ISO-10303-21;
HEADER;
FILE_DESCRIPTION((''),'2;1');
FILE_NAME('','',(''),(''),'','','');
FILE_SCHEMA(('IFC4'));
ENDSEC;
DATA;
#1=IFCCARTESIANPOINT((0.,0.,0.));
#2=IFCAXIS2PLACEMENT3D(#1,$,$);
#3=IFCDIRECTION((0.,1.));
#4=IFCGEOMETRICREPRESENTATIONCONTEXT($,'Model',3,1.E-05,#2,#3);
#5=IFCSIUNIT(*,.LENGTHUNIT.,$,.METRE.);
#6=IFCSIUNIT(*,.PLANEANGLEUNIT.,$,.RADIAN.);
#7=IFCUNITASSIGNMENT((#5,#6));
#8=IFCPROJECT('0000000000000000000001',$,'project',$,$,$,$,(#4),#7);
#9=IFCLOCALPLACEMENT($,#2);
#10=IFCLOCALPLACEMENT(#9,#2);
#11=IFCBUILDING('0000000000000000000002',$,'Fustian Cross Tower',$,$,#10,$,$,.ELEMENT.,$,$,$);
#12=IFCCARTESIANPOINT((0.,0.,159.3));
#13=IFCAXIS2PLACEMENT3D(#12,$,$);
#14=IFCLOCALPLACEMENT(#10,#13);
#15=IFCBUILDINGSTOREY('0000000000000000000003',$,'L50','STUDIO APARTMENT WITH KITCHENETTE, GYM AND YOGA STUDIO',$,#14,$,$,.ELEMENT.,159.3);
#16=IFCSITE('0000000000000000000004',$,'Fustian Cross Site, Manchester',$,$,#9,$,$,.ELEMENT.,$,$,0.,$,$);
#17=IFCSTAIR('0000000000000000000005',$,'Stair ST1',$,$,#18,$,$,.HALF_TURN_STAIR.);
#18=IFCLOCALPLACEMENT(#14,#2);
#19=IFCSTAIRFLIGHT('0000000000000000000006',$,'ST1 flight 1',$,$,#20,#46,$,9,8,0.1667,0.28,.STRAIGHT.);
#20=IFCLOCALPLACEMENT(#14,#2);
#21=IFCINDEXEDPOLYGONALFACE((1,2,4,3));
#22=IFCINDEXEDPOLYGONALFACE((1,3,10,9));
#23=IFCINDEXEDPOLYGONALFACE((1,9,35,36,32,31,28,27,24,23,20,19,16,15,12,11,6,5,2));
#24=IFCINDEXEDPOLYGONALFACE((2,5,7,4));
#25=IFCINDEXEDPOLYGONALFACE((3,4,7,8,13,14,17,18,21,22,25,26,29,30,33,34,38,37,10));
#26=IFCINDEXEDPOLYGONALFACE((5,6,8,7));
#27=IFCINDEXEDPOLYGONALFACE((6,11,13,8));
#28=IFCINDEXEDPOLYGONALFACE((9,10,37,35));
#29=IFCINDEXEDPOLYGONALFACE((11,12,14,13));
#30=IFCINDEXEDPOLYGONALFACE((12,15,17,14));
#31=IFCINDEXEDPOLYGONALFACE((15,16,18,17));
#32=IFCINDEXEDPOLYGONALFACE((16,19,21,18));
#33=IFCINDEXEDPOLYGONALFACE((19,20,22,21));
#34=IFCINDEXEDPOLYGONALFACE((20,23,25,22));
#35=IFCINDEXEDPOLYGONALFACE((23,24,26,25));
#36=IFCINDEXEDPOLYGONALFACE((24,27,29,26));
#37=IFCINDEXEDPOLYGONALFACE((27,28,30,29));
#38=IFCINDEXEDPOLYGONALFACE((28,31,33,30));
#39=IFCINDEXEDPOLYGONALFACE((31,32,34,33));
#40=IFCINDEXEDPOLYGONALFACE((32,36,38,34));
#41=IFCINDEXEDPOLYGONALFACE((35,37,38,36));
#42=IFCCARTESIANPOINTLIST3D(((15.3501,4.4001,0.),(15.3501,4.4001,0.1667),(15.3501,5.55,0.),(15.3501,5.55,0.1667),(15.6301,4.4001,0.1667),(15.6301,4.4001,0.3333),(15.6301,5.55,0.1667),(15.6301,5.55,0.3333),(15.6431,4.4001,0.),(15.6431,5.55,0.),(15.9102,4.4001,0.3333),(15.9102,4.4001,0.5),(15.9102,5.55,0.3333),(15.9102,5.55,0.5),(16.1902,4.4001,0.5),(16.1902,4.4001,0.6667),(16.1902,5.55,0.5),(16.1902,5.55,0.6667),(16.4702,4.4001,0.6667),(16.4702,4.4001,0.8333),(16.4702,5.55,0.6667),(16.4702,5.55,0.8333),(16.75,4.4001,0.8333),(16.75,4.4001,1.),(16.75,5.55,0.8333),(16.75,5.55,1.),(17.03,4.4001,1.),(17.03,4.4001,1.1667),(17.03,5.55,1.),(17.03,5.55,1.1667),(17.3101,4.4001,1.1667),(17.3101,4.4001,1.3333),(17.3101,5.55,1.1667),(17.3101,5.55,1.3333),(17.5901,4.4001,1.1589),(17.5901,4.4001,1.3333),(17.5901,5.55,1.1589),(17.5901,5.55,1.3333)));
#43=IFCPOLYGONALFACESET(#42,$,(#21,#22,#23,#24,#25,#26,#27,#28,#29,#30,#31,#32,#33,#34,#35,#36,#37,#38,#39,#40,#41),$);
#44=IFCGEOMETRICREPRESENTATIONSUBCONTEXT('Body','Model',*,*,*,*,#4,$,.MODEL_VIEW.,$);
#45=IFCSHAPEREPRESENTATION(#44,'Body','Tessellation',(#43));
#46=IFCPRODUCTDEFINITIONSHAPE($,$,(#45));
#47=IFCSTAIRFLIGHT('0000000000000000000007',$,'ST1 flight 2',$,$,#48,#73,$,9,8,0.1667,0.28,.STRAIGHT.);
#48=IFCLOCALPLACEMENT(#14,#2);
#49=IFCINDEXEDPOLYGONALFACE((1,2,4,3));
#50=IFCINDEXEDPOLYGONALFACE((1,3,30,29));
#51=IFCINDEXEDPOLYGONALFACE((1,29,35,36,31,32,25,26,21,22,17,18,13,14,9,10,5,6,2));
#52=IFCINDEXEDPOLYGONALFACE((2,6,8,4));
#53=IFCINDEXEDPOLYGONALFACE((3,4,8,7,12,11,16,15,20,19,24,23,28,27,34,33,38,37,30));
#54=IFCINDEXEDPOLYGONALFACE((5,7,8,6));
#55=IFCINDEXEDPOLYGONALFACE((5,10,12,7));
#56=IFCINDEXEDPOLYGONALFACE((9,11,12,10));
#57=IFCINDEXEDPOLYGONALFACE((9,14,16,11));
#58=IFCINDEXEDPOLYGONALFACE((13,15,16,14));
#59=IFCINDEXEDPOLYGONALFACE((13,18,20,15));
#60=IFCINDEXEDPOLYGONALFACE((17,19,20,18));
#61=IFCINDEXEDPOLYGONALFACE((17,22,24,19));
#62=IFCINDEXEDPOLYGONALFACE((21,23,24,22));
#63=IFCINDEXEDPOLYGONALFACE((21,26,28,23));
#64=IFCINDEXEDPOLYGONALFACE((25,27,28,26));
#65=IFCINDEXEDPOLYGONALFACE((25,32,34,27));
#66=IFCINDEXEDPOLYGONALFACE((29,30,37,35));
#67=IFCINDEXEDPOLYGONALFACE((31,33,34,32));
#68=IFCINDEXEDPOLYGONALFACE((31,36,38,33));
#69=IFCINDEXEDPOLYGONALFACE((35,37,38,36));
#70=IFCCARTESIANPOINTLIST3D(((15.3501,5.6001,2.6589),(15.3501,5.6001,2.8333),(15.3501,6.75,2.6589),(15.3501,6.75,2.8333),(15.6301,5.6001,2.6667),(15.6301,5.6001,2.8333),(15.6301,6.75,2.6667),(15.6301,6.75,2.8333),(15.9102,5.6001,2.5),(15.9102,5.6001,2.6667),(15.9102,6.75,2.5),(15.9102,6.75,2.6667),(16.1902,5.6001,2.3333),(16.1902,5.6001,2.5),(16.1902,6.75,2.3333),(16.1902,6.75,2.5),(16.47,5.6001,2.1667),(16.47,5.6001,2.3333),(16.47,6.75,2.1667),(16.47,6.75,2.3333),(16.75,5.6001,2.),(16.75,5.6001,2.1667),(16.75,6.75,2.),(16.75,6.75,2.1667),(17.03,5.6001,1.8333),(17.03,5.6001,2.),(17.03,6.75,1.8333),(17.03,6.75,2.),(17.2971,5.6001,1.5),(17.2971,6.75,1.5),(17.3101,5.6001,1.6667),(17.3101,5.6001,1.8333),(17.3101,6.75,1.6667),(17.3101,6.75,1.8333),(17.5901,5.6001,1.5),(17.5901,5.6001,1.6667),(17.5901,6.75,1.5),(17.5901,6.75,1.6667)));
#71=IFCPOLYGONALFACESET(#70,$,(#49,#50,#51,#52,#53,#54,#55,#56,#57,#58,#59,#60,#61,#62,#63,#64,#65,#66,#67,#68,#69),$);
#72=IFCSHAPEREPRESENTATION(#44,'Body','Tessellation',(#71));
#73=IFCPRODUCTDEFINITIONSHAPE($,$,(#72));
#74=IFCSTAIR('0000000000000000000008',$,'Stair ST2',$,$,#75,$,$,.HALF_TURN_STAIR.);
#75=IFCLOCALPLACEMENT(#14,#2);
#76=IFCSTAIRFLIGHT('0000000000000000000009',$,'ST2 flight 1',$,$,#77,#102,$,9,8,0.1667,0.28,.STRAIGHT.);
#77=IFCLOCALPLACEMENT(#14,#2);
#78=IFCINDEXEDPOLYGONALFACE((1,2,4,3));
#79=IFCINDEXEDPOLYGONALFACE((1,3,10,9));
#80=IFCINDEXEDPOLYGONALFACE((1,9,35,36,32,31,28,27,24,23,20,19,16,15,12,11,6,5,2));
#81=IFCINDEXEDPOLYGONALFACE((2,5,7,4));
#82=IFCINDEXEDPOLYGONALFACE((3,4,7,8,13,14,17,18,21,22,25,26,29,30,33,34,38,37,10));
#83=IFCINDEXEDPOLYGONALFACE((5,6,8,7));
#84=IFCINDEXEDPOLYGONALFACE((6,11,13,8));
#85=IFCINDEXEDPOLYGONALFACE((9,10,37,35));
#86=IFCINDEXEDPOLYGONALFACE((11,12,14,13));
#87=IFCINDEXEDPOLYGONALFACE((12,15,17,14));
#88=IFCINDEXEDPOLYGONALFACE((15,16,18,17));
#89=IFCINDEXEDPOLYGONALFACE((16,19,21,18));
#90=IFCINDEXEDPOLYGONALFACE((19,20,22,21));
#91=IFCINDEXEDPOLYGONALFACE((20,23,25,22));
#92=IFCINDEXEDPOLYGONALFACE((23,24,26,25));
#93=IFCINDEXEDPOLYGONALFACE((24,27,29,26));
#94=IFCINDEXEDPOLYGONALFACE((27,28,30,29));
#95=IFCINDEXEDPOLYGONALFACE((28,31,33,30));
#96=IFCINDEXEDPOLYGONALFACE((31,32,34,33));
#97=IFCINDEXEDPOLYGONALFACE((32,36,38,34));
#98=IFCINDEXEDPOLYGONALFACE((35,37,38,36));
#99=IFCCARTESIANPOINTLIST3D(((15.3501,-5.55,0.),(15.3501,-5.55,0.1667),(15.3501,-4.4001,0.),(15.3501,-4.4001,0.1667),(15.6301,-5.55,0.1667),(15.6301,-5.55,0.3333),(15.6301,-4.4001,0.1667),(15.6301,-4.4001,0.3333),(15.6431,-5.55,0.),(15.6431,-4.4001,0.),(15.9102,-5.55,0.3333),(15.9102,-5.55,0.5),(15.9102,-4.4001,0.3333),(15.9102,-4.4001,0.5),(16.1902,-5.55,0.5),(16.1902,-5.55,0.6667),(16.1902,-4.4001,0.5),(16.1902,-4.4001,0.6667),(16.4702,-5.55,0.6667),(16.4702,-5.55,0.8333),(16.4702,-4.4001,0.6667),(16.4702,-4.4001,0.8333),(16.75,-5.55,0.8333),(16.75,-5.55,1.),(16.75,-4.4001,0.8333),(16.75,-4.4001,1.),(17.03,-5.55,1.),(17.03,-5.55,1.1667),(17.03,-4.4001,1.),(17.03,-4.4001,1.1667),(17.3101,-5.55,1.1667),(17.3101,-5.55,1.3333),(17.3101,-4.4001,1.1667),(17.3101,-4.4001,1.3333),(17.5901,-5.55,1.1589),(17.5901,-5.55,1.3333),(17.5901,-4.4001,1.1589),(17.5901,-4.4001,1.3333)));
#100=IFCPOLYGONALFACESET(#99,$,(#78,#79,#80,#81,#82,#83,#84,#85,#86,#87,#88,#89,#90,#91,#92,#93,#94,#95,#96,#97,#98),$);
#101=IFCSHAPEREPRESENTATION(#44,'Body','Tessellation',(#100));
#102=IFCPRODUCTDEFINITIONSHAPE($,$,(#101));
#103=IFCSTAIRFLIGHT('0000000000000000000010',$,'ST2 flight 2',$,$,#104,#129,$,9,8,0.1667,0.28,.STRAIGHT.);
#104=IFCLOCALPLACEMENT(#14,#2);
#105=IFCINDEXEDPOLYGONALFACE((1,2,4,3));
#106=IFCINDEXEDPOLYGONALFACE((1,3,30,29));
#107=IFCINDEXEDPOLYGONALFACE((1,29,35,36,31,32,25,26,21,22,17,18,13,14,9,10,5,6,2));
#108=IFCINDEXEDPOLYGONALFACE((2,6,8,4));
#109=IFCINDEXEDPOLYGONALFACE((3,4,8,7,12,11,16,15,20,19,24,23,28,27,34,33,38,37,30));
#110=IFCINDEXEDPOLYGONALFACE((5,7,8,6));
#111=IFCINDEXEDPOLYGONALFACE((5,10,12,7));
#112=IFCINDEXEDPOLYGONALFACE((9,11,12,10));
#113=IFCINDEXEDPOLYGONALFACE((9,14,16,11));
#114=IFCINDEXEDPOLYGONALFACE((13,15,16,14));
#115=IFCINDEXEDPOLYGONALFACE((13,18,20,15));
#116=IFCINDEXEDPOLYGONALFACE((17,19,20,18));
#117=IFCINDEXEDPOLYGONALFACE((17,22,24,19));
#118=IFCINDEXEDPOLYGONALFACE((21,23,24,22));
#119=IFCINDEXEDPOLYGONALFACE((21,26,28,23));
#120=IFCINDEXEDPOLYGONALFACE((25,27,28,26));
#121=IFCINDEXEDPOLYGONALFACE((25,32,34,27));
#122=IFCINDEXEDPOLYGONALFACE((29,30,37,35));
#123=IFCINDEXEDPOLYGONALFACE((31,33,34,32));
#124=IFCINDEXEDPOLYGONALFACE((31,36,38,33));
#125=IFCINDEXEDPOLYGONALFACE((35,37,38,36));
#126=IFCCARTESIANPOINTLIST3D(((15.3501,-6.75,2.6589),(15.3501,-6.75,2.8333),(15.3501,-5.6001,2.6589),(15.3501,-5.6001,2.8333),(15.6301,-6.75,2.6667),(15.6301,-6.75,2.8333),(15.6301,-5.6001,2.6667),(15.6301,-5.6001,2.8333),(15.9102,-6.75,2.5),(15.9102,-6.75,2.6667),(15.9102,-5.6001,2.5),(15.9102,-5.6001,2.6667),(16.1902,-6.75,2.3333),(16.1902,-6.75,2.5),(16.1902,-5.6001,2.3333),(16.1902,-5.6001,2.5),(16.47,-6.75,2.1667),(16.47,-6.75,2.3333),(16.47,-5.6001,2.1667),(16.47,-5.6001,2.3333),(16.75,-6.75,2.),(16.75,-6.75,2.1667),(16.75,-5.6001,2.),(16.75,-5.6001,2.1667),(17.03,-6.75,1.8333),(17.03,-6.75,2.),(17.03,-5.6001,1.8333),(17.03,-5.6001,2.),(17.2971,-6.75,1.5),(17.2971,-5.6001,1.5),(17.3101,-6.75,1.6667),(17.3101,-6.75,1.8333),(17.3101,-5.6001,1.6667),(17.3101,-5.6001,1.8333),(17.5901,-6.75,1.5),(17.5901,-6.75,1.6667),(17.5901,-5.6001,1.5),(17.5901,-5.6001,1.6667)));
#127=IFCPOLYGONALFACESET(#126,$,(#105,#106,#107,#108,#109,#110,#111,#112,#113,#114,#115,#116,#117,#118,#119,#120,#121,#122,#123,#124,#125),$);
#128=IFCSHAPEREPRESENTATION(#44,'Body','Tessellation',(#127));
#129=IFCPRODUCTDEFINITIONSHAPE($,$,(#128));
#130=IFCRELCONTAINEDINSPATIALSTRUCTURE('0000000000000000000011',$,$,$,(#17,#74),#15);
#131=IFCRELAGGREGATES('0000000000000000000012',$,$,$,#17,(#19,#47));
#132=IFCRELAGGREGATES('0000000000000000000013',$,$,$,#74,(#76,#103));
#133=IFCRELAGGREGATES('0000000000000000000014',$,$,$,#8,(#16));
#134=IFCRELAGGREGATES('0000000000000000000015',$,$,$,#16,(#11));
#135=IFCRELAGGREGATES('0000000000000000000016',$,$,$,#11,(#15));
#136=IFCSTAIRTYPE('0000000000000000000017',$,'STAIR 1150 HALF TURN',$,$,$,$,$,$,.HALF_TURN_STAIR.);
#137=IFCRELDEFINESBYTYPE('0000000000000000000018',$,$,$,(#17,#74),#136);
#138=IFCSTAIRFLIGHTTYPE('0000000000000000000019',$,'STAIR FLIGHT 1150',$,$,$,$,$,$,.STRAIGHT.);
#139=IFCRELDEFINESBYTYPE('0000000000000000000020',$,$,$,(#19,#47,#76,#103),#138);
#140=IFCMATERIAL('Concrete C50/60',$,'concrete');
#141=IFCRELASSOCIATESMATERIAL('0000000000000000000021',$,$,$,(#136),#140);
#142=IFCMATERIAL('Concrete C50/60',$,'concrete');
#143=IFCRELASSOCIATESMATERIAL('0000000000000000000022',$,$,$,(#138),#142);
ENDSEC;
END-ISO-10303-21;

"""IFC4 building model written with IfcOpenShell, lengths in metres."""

from ifc_helpers import new_model, si_unit, direction, frame, origin, place, context, subcontext, project, spatial, polyline, outline, extrude, material, type_object, element, aggregate, save


model = new_model("IFC4")

# Units and contexts
model_context = context("Model", 3, precision=1e-05, world=origin(), true_north=direction((0.0, 1.0)))
body_context = subcontext(model_context, "Body", "Model", "MODEL_VIEW")
ifc_project = project(units=[si_unit("LENGTHUNIT", "METRE"), si_unit("PLANEANGLEUNIT", "RADIAN")], contexts=[model_context])

# Site, building, storey
site_placement = place(None, origin())
site = spatial("IfcSite", under=ifc_project, at=site_placement, Name="Fustian Cross Site, Manchester", CompositionType="ELEMENT", RefElevation=0.0)
building_placement = place(site_placement, origin())
building = spatial("IfcBuilding", under=site, at=building_placement, Name="Fustian Cross Tower", CompositionType="ELEMENT")
storey_placement = place(building_placement, frame((0.0, 0.0, 159.3)))
storey = spatial("IfcBuildingStorey", under=building, at=storey_placement, Name="L50", Description="STUDIO APARTMENT WITH KITCHENETTE, GYM AND YOGA STUDIO", CompositionType="ELEMENT", Elevation=159.3)

# Stairs, stair flights
ifc_material_1 = material(Name="Concrete C50/60", Category="concrete")
stair_type = type_object("IfcStairType", Name="STAIR 1150 HALF TURN", PredefinedType="HALF_TURN_STAIR", material=ifc_material_1)
stair_1_placement = place(storey_placement, origin())
stair_1 = element("IfcStair", 1, at=stair_1_placement, inside=storey, type_object=stair_type, Name="Stair ST1", PredefinedType="HALF_TURN_STAIR")
ifc_material_2 = material(Name="Concrete C50/60", Category="concrete")
stair_flight_type = type_object("IfcStairFlightType", Name="STAIR FLIGHT 1150", PredefinedType="STRAIGHT", material=ifc_material_2)
stair_flight_1_placement = place(storey_placement, frame((15.3501, 4.9751, 0.0), z_axis=(0.0, 0.0, 1.0), x_axis=(1.0, 0.0, 0.0)))
stair_flight_1 = element("IfcStairFlight", 2, at=stair_flight_1_placement, type_object=stair_flight_type, Name="ST1 flight 1", NumberOfRisers=9, NumberOfTreads=8, PredefinedType="STRAIGHT", RiserHeight=0.1667, TreadLength=0.28, context=body_context, shape_type="SweptSolid", body=[
    extrude(outline(polyline([(0.0, 0.0), (0.0, 0.1667), (0.28, 0.1667), (0.28, 0.3333), (0.5601, 0.3333), (0.5601, 0.5), (0.8401, 0.5), (0.8401, 0.6667), (1.1201, 0.6667), (1.1201, 0.8333), (1.3999, 0.8333), (1.3999, 1.0), (1.6799, 1.0), (1.6799, 1.1667), (1.96, 1.1667), (1.96, 1.3333), (2.24, 1.3333), (2.24, 1.5), (2.24, 1.1589), (0.293, 0.0), (0.0, 0.0)])), frame((0.0, 0.575, 0.0), z_axis=(0.0, -1.0, 0.0), x_axis=(1.0, 0.0, 0.0)), (0.0, 0.0, 1.0), 1.1499),
])
stair_flight_2_placement = place(storey_placement, frame((17.5901, 6.175, 1.5), z_axis=(0.0, 0.0, 1.0), x_axis=(-1.0, 0.0, 0.0)))
stair_flight_2 = element("IfcStairFlight", 3, at=stair_flight_2_placement, type_object=stair_flight_type, Name="ST1 flight 2", NumberOfRisers=9, NumberOfTreads=8, PredefinedType="STRAIGHT", RiserHeight=0.1667, TreadLength=0.28, context=body_context, shape_type="SweptSolid", body=[
    extrude(outline(polyline([(0.0, 0.0), (0.0, 0.1667), (0.28, 0.1667), (0.28, 0.3333), (0.5601, 0.3333), (0.5601, 0.5), (0.8401, 0.5), (0.8401, 0.6667), (1.1201, 0.6667), (1.1201, 0.8333), (1.3999, 0.8333), (1.3999, 1.0), (1.6799, 1.0), (1.6799, 1.1667), (1.96, 1.1667), (1.96, 1.3333), (2.24, 1.3333), (2.24, 1.5), (2.24, 1.1589), (0.293, 0.0), (0.0, 0.0)])), frame((0.0, 0.575, 0.0), z_axis=(0.0, -1.0, 0.0), x_axis=(1.0, 0.0, 0.0)), (0.0, 0.0, 1.0), 1.1499),
])
aggregate(stair_1, [stair_flight_1, stair_flight_2])
stair_2_placement = place(storey_placement, origin())
stair_2 = element("IfcStair", 4, at=stair_2_placement, inside=storey, type_object=stair_type, Name="Stair ST2", PredefinedType="HALF_TURN_STAIR")
stair_flight_3_placement = place(storey_placement, frame((15.3501, -4.9751, 0.0), z_axis=(0.0, 0.0, 1.0), x_axis=(1.0, 0.0, 0.0)))
stair_flight_3 = element("IfcStairFlight", 5, at=stair_flight_3_placement, type_object=stair_flight_type, Name="ST2 flight 1", NumberOfRisers=9, NumberOfTreads=8, PredefinedType="STRAIGHT", RiserHeight=0.1667, TreadLength=0.28, context=body_context, shape_type="SweptSolid", body=[
    extrude(outline(polyline([(0.0, 0.0), (0.0, 0.1667), (0.28, 0.1667), (0.28, 0.3333), (0.5601, 0.3333), (0.5601, 0.5), (0.8401, 0.5), (0.8401, 0.6667), (1.1201, 0.6667), (1.1201, 0.8333), (1.3999, 0.8333), (1.3999, 1.0), (1.6799, 1.0), (1.6799, 1.1667), (1.96, 1.1667), (1.96, 1.3333), (2.24, 1.3333), (2.24, 1.5), (2.24, 1.1589), (0.293, 0.0), (0.0, 0.0)])), frame((0.0, 0.575, 0.0), z_axis=(0.0, -1.0, 0.0), x_axis=(1.0, 0.0, 0.0)), (0.0, 0.0, 1.0), 1.1499),
])
stair_flight_4_placement = place(storey_placement, frame((17.5901, -6.175, 1.5), z_axis=(0.0, 0.0, 1.0), x_axis=(-1.0, 0.0, 0.0)))
stair_flight_4 = element("IfcStairFlight", 6, at=stair_flight_4_placement, type_object=stair_flight_type, Name="ST2 flight 2", NumberOfRisers=9, NumberOfTreads=8, PredefinedType="STRAIGHT", RiserHeight=0.1667, TreadLength=0.28, context=body_context, shape_type="SweptSolid", body=[
    extrude(outline(polyline([(0.0, 0.0), (0.0, 0.1667), (0.28, 0.1667), (0.28, 0.3333), (0.5601, 0.3333), (0.5601, 0.5), (0.8401, 0.5), (0.8401, 0.6667), (1.1201, 0.6667), (1.1201, 0.8333), (1.3999, 0.8333), (1.3999, 1.0), (1.6799, 1.0), (1.6799, 1.1667), (1.96, 1.1667), (1.96, 1.3333), (2.24, 1.3333), (2.24, 1.5), (2.24, 1.1589), (0.293, 0.0), (0.0, 0.0)])), frame((0.0, 0.575, 0.0), z_axis=(0.0, -1.0, 0.0), x_axis=(1.0, 0.0, 0.0)), (0.0, 0.0, 1.0), 1.1499),
])
aggregate(stair_2, [stair_flight_3, stair_flight_4])

save(model, "model.ifc")
